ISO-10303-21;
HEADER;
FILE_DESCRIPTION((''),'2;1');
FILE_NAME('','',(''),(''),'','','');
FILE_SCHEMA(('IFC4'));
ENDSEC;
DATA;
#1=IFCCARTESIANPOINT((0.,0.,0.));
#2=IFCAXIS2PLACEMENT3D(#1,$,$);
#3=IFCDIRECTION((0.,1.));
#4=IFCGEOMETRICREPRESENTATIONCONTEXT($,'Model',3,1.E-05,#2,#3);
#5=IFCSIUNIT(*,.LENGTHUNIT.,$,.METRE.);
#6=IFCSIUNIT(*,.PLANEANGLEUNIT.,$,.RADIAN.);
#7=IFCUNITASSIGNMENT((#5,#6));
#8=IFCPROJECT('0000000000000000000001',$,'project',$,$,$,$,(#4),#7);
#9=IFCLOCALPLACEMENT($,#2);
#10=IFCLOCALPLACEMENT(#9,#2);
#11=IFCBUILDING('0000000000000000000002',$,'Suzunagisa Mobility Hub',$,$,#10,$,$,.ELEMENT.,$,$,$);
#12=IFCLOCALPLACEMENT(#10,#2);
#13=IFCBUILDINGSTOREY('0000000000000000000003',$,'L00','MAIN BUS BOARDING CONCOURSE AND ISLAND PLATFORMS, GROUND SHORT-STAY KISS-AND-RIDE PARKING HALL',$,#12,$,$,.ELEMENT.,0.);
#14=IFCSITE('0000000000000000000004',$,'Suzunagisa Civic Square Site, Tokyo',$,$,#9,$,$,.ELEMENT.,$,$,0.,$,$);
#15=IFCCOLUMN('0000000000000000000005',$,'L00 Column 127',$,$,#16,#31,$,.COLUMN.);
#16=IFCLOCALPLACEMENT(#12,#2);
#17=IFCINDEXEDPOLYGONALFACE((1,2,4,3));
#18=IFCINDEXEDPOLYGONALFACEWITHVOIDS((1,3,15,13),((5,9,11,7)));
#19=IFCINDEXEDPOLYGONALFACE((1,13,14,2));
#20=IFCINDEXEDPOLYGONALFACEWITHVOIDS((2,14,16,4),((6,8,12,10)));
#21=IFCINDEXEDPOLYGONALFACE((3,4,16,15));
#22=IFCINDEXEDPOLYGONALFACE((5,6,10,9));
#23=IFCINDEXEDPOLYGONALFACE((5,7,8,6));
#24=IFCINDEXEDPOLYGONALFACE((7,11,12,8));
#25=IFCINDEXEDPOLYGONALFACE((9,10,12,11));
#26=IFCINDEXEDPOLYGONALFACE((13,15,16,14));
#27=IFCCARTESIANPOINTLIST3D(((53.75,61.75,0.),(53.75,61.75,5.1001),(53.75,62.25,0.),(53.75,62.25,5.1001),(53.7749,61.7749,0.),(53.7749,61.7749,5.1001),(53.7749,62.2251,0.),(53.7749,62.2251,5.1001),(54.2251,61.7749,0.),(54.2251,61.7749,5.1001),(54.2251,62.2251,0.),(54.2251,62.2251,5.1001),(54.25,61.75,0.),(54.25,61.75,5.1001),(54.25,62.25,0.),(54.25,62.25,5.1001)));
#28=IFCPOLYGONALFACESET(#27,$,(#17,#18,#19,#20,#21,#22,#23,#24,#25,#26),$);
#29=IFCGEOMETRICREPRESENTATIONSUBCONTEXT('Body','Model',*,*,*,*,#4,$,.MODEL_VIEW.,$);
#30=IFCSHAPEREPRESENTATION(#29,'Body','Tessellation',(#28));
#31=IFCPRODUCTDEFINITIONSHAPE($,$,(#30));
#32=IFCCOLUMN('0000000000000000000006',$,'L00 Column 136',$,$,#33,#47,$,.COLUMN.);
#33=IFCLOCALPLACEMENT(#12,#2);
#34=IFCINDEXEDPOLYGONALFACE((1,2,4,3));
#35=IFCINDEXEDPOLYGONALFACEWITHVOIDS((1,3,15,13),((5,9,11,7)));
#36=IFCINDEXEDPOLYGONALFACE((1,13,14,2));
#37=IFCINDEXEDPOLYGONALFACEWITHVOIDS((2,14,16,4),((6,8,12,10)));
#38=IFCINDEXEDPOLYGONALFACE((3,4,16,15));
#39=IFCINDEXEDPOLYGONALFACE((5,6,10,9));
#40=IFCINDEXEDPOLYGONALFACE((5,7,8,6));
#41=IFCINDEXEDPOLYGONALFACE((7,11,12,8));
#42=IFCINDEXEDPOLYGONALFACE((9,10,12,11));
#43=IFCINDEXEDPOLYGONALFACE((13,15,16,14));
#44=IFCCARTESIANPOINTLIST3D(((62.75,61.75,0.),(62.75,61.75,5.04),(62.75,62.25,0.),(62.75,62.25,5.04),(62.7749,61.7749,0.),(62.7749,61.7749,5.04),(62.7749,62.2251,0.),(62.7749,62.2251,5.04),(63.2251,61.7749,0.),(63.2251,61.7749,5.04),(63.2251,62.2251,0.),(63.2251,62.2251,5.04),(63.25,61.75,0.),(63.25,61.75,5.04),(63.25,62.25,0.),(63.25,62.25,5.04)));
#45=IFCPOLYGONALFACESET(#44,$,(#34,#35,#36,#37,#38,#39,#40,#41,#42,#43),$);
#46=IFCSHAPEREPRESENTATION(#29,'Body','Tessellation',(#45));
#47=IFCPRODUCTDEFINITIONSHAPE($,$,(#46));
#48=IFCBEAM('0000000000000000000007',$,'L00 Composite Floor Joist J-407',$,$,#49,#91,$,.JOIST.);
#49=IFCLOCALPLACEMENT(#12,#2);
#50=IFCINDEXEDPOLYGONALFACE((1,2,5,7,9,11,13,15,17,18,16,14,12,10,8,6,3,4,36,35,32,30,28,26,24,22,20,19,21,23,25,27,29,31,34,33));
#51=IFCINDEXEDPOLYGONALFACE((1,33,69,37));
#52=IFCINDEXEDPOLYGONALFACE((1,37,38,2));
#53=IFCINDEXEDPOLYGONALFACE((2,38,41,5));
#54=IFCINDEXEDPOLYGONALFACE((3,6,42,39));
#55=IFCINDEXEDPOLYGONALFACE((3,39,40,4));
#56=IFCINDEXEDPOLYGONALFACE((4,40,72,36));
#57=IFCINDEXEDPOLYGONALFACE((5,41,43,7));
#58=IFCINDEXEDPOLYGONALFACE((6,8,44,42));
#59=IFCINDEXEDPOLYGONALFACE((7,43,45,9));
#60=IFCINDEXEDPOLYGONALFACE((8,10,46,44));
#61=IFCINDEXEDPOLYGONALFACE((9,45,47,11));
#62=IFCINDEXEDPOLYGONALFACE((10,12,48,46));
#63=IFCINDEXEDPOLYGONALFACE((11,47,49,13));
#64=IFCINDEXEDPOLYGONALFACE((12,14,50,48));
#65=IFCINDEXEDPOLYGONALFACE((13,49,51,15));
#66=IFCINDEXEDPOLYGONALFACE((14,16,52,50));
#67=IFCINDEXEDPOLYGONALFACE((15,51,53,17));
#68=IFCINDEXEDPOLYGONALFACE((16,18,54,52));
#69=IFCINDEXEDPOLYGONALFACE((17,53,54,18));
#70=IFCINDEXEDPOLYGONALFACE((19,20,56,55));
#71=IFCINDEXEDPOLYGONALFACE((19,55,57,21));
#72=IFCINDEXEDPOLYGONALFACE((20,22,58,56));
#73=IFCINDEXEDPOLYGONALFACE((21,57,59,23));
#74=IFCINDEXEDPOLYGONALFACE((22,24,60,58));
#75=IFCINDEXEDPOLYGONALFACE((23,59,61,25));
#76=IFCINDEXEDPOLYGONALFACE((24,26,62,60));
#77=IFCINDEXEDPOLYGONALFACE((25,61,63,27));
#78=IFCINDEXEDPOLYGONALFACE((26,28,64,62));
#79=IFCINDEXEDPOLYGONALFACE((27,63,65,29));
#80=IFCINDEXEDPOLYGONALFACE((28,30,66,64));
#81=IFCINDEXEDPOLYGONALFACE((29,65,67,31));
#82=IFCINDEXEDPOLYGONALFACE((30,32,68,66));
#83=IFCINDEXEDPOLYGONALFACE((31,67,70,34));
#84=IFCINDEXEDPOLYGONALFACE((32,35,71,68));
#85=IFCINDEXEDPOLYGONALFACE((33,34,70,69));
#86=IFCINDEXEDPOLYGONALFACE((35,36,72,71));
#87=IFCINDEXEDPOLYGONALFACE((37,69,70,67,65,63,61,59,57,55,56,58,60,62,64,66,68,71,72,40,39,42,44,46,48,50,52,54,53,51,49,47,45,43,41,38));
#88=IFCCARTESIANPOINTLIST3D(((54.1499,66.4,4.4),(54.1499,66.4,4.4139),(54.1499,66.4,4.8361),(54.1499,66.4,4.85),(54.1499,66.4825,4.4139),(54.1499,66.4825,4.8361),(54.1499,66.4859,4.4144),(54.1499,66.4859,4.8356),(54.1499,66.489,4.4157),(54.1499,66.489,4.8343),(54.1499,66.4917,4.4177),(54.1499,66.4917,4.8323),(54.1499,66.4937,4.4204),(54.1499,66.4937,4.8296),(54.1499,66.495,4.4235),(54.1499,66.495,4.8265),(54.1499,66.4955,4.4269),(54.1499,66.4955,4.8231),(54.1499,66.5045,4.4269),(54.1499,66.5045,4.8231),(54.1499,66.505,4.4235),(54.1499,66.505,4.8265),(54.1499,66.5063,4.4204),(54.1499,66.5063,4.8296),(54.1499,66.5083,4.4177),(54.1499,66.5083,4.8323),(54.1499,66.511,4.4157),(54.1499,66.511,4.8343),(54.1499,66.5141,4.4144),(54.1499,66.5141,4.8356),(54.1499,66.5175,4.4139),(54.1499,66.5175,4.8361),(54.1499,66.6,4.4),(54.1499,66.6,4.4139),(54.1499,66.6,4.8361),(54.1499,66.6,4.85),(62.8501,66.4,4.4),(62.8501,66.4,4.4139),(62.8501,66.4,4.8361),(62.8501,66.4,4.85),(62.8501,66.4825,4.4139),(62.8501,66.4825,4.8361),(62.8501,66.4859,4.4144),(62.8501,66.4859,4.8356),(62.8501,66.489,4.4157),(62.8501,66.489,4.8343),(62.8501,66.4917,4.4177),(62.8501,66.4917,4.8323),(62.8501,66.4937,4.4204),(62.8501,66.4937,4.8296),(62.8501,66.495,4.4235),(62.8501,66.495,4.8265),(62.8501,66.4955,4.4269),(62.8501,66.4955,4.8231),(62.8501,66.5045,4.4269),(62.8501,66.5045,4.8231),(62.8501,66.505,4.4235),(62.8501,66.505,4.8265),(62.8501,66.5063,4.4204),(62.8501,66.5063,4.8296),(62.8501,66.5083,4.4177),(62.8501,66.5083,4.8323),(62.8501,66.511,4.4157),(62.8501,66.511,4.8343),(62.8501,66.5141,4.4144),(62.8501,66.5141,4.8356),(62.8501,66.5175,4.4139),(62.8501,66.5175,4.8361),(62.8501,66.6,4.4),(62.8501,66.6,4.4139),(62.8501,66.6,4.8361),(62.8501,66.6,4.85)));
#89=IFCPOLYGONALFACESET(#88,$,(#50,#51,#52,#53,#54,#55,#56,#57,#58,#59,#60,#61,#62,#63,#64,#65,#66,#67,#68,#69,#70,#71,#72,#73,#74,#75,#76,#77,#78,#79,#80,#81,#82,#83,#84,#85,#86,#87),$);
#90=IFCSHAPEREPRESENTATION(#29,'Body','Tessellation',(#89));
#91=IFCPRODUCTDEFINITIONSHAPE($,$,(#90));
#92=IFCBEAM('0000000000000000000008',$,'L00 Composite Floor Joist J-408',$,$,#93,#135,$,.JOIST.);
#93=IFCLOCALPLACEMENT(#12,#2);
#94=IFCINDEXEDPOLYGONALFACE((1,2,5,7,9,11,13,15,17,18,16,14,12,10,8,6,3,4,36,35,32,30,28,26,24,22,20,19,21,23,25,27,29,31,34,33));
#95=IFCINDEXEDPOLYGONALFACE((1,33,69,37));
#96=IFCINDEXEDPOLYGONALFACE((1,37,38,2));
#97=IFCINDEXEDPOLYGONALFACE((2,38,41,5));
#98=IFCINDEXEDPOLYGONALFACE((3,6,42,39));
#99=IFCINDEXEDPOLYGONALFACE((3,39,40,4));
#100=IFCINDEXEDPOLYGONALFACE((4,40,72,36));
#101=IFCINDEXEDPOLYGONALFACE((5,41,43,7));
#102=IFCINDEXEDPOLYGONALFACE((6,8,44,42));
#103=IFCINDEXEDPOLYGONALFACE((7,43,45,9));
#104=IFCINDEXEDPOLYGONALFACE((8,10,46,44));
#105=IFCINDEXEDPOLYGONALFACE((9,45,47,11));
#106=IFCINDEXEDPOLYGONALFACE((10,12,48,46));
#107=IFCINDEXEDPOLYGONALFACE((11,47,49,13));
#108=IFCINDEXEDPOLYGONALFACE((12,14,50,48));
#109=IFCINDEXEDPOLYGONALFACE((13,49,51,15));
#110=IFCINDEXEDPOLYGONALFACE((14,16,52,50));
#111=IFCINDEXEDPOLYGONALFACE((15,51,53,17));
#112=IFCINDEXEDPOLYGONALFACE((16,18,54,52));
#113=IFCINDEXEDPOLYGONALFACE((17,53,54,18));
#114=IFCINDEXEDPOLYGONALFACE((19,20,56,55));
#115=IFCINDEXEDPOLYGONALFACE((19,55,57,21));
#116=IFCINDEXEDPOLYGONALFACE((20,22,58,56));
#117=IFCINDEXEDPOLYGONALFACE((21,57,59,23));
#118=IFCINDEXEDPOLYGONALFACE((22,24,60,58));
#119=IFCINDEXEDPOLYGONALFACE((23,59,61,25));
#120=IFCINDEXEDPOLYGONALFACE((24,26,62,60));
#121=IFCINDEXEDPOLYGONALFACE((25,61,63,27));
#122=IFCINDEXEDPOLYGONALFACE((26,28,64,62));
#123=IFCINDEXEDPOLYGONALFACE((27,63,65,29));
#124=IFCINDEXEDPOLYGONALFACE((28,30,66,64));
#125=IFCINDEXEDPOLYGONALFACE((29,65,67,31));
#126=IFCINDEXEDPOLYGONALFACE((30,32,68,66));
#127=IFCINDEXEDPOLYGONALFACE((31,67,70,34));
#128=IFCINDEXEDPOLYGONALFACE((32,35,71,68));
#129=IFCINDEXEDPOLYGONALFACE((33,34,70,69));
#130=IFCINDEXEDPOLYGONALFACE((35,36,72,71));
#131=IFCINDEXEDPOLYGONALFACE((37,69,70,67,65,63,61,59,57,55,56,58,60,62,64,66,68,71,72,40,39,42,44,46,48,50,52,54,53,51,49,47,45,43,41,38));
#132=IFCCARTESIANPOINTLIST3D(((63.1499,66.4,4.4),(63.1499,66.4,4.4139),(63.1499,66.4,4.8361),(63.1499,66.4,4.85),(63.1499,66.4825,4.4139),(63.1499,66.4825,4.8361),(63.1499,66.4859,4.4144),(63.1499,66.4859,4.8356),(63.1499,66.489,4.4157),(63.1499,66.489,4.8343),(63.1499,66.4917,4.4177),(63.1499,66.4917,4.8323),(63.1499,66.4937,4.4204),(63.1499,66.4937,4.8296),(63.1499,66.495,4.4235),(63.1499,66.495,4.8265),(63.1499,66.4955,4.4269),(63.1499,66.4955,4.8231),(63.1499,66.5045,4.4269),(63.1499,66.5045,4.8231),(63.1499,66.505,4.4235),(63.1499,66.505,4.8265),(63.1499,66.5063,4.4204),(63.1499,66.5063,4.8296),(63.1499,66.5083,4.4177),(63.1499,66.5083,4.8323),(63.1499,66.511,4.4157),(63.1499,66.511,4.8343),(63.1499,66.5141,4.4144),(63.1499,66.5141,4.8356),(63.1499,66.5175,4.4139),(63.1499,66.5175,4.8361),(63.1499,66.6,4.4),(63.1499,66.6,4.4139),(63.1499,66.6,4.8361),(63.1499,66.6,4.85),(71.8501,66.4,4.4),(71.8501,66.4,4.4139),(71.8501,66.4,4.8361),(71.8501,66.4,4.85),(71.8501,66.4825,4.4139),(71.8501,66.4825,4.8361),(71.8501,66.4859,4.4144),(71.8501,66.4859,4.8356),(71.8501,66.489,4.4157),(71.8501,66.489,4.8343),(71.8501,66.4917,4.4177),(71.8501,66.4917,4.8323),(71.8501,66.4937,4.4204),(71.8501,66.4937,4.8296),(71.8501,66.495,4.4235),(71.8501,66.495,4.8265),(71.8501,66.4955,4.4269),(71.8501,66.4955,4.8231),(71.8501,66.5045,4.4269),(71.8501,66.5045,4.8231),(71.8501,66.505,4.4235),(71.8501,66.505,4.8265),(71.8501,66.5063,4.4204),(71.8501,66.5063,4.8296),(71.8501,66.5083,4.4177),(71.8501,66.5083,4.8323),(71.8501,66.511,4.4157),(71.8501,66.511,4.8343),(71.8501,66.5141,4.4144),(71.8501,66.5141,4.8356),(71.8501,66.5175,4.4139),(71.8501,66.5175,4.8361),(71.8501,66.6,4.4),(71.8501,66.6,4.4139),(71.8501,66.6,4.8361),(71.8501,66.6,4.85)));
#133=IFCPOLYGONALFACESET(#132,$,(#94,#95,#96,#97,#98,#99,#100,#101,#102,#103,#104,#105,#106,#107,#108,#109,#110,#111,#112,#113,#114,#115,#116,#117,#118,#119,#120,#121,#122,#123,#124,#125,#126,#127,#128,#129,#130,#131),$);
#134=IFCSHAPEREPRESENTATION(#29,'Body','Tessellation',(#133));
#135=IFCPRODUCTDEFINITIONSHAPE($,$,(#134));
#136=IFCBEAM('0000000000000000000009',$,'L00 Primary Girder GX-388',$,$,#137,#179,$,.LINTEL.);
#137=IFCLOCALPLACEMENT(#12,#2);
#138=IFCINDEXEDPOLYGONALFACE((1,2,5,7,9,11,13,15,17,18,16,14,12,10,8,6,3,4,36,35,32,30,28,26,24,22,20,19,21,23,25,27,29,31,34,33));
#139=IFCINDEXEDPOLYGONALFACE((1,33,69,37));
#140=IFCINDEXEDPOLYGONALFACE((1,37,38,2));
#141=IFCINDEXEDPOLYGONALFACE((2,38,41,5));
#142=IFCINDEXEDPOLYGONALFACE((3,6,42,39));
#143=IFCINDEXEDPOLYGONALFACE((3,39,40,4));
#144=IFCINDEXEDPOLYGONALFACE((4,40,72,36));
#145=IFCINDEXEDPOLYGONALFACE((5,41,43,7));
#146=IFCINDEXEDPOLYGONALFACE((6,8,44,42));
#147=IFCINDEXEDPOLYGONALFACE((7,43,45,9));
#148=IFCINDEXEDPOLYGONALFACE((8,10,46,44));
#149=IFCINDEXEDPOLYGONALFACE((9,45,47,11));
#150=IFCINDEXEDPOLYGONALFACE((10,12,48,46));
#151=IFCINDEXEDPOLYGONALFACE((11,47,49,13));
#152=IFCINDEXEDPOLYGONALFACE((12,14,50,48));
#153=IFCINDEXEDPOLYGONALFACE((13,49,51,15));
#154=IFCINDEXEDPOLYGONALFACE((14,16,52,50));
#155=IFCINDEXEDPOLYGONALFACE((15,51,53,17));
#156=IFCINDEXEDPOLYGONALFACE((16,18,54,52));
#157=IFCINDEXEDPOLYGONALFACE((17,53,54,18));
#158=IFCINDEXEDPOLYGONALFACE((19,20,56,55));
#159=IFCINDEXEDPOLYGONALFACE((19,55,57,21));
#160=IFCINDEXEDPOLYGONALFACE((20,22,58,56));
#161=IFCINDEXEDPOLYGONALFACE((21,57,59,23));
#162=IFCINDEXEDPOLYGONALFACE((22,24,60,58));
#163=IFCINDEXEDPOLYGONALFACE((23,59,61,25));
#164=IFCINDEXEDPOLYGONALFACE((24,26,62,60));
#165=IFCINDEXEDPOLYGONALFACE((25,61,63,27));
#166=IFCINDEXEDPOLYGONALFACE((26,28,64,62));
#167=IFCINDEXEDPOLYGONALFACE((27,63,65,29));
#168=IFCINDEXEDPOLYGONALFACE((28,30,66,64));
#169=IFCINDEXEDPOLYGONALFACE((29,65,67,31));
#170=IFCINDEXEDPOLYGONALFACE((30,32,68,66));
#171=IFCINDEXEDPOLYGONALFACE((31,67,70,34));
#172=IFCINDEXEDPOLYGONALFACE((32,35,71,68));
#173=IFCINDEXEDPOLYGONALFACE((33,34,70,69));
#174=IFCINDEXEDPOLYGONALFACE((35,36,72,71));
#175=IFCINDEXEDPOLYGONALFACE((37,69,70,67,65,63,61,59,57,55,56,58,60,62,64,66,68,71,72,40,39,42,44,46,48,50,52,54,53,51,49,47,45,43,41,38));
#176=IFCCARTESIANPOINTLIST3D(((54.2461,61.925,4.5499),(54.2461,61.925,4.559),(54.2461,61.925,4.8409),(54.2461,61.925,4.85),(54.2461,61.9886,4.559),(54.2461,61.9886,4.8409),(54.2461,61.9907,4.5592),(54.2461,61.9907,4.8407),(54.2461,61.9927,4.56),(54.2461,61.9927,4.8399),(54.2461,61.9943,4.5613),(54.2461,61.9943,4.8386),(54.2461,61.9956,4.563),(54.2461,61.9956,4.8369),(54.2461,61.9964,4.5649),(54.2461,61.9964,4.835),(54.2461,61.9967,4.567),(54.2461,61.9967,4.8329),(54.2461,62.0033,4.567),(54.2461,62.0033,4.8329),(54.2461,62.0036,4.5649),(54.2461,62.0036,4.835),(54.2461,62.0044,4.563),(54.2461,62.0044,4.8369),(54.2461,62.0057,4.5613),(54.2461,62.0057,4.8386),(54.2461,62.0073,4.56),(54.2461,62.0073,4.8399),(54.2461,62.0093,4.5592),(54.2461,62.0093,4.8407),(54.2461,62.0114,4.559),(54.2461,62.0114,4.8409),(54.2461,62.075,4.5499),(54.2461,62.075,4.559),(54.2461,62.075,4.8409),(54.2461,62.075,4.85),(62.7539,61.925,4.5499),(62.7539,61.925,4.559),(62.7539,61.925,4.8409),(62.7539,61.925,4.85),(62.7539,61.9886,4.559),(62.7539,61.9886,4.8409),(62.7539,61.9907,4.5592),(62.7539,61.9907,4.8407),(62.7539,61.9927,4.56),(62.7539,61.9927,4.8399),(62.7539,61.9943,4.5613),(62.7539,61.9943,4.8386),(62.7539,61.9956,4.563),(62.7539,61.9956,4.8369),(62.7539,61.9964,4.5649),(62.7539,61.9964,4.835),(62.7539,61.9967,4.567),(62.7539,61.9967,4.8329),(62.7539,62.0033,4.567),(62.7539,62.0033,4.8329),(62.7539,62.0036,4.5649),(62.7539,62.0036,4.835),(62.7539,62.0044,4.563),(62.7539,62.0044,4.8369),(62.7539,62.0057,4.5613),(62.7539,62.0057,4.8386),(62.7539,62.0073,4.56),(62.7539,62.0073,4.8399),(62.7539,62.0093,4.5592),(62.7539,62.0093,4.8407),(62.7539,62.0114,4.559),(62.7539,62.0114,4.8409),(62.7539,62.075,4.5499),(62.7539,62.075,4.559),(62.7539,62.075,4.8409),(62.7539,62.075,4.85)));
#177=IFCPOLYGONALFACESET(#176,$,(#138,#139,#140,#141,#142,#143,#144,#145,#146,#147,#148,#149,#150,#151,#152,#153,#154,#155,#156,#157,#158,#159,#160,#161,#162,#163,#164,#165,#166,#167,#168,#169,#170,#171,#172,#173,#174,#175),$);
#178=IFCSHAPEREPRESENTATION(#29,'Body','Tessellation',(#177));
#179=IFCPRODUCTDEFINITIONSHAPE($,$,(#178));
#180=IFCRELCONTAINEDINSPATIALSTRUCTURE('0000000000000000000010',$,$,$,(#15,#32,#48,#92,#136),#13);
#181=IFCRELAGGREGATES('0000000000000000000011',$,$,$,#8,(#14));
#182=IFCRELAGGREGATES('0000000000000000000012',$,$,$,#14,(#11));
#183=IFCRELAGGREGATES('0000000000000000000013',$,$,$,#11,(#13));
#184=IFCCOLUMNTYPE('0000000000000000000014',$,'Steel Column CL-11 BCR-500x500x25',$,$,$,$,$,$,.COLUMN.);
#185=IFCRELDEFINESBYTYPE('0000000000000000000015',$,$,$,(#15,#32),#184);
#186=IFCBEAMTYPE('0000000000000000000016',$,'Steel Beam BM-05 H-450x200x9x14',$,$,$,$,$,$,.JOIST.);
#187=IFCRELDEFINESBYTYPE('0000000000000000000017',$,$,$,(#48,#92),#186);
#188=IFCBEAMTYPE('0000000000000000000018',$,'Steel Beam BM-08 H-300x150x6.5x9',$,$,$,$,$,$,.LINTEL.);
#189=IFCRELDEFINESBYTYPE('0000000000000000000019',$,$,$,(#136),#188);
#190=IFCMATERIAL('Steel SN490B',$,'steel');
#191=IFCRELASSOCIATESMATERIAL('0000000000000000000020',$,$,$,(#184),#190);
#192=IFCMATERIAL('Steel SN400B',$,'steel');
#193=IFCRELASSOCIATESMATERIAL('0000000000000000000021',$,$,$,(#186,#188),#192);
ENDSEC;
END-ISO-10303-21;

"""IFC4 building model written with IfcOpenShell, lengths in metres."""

from ifc_helpers import new_model, si_unit, direction, frame, origin, origin_2d, place, context, subcontext, project, spatial, hollow_rectangle, i_section, extrude, material, material_profile, profile_set, type_object, element, save


model = new_model("IFC4")

# Units and contexts
model_context = context("Model", 3, precision=1e-05, world=origin(), true_north=direction((0.0, 1.0)))
body_context = subcontext(model_context, "Body", "Model", "MODEL_VIEW")
ifc_project = project(units=[si_unit("LENGTHUNIT", "METRE"), si_unit("PLANEANGLEUNIT", "RADIAN")], contexts=[model_context])

# Site, building, storey
site_placement = place(None, origin())
site = spatial("IfcSite", under=ifc_project, at=site_placement, Name="Suzunagisa Civic Square Site, Tokyo", CompositionType="ELEMENT", RefElevation=0.0)
building_placement = place(site_placement, origin())
building = spatial("IfcBuilding", under=site, at=building_placement, Name="Suzunagisa Mobility Hub", CompositionType="ELEMENT")
storey_placement = place(building_placement, origin())
storey = spatial("IfcBuildingStorey", under=building, at=storey_placement, Name="L00", Description="MAIN BUS BOARDING CONCOURSE AND ISLAND PLATFORMS, GROUND SHORT-STAY KISS-AND-RIDE PARKING HALL", CompositionType="ELEMENT", Elevation=0.0)

# Columns
ifc_material_1 = material(Name="Steel SN490B", Category="steel")
ifc_material_profile_1 = material_profile(ifc_material_1, hollow_rectangle(XDim=0.5, YDim=0.5, WallThickness=0.0249, at=origin_2d()), Name="BCR-500x500x25")
ifc_profile_set_1 = profile_set([ifc_material_profile_1], Name="Steel SN490B")
column_type = type_object("IfcColumnType", Name="Steel Column CL-11 BCR-500x500x25", PredefinedType="COLUMN", material=ifc_profile_set_1)
column_1_placement = place(storey_placement, frame((54.0, 62.0, 0.0), z_axis=(0.0, 0.0, 1.0), x_axis=(1.0, 0.0, 0.0)))
element("IfcColumn", 1, at=column_1_placement, inside=storey, type_object=column_type, Name="L00 Column 127", PredefinedType="COLUMN", context=body_context, shape_type="SweptSolid", body=[
    extrude(hollow_rectangle(XDim=0.5, YDim=0.5, WallThickness=0.0249, at=origin_2d()), origin(), (0.0, 0.0, 1.0), 5.1001),
])
column_2_placement = place(storey_placement, frame((63.0, 62.0, 0.0), z_axis=(0.0, 0.0, 1.0), x_axis=(1.0, 0.0, 0.0)))
element("IfcColumn", 2, at=column_2_placement, inside=storey, type_object=column_type, Name="L00 Column 136", PredefinedType="COLUMN", context=body_context, shape_type="SweptSolid", body=[
    extrude(hollow_rectangle(XDim=0.5, YDim=0.5, WallThickness=0.0249, at=origin_2d()), origin(), (0.0, 0.0, 1.0), 5.04),
])

# Beams
ifc_material_2 = material(Name="Steel SN400B", Category="steel")
ifc_material_profile_2 = material_profile(ifc_material_2, i_section(OverallWidth=0.2, OverallDepth=0.45, WebThickness=0.009, FlangeThickness=0.0139, FilletRadius=0.0129, at=origin_2d()), Name="H-450x200x9x14")
ifc_profile_set_2 = profile_set([ifc_material_profile_2], Name="Steel SN400B")
beam_type_1 = type_object("IfcBeamType", Name="Steel Beam BM-05 H-450x200x9x14", PredefinedType="JOIST", material=ifc_profile_set_2)
for number, where, z_axis, x_axis, name in (
    (3, (54.1499, 66.5, 4.625), (1.0, 0.0, 0.0), (0.0, 1.0, 0.0), "L00 Composite Floor Joist J-407"),
    (4, (63.1499, 66.5, 4.625), (1.0, 0.0, 0.0), (0.0, 1.0, 0.0), "L00 Composite Floor Joist J-408"),
):
    element("IfcBeam", number, at=place(storey_placement, frame(where, z_axis=z_axis, x_axis=x_axis)), inside=storey, type_object=beam_type_1, Name=name, PredefinedType="JOIST", context=body_context, shape_type="SweptSolid", body=[
        extrude(i_section(OverallWidth=0.2, OverallDepth=0.45, WebThickness=0.009, FlangeThickness=0.0139, FilletRadius=0.0129, at=origin_2d()), origin(), (0.0, 0.0, 1.0), 8.7002),
    ])
ifc_material_profile_3 = material_profile(ifc_material_2, i_section(OverallWidth=0.1499, OverallDepth=0.3, WebThickness=0.0066, FlangeThickness=0.009, FilletRadius=0.0081, at=origin_2d()), Name="H-300x150x6.5x9")
ifc_profile_set_3 = profile_set([ifc_material_profile_3], Name="Steel SN400B")
beam_type_2 = type_object("IfcBeamType", Name="Steel Beam BM-08 H-300x150x6.5x9", PredefinedType="LINTEL", material=ifc_profile_set_3)
beam_placement = place(storey_placement, frame((54.2461, 62.0, 4.7), z_axis=(1.0, 0.0, 0.0), x_axis=(0.0, 1.0, 0.0)))
element("IfcBeam", 5, at=beam_placement, inside=storey, type_object=beam_type_2, Name="L00 Primary Girder GX-388", PredefinedType="LINTEL", context=body_context, shape_type="SweptSolid", body=[
    extrude(i_section(OverallWidth=0.1499, OverallDepth=0.3, WebThickness=0.0066, FlangeThickness=0.009, FilletRadius=0.0081, at=origin_2d()), origin(), (0.0, 0.0, 1.0), 8.5078),
])

save(model, "model.ifc")
